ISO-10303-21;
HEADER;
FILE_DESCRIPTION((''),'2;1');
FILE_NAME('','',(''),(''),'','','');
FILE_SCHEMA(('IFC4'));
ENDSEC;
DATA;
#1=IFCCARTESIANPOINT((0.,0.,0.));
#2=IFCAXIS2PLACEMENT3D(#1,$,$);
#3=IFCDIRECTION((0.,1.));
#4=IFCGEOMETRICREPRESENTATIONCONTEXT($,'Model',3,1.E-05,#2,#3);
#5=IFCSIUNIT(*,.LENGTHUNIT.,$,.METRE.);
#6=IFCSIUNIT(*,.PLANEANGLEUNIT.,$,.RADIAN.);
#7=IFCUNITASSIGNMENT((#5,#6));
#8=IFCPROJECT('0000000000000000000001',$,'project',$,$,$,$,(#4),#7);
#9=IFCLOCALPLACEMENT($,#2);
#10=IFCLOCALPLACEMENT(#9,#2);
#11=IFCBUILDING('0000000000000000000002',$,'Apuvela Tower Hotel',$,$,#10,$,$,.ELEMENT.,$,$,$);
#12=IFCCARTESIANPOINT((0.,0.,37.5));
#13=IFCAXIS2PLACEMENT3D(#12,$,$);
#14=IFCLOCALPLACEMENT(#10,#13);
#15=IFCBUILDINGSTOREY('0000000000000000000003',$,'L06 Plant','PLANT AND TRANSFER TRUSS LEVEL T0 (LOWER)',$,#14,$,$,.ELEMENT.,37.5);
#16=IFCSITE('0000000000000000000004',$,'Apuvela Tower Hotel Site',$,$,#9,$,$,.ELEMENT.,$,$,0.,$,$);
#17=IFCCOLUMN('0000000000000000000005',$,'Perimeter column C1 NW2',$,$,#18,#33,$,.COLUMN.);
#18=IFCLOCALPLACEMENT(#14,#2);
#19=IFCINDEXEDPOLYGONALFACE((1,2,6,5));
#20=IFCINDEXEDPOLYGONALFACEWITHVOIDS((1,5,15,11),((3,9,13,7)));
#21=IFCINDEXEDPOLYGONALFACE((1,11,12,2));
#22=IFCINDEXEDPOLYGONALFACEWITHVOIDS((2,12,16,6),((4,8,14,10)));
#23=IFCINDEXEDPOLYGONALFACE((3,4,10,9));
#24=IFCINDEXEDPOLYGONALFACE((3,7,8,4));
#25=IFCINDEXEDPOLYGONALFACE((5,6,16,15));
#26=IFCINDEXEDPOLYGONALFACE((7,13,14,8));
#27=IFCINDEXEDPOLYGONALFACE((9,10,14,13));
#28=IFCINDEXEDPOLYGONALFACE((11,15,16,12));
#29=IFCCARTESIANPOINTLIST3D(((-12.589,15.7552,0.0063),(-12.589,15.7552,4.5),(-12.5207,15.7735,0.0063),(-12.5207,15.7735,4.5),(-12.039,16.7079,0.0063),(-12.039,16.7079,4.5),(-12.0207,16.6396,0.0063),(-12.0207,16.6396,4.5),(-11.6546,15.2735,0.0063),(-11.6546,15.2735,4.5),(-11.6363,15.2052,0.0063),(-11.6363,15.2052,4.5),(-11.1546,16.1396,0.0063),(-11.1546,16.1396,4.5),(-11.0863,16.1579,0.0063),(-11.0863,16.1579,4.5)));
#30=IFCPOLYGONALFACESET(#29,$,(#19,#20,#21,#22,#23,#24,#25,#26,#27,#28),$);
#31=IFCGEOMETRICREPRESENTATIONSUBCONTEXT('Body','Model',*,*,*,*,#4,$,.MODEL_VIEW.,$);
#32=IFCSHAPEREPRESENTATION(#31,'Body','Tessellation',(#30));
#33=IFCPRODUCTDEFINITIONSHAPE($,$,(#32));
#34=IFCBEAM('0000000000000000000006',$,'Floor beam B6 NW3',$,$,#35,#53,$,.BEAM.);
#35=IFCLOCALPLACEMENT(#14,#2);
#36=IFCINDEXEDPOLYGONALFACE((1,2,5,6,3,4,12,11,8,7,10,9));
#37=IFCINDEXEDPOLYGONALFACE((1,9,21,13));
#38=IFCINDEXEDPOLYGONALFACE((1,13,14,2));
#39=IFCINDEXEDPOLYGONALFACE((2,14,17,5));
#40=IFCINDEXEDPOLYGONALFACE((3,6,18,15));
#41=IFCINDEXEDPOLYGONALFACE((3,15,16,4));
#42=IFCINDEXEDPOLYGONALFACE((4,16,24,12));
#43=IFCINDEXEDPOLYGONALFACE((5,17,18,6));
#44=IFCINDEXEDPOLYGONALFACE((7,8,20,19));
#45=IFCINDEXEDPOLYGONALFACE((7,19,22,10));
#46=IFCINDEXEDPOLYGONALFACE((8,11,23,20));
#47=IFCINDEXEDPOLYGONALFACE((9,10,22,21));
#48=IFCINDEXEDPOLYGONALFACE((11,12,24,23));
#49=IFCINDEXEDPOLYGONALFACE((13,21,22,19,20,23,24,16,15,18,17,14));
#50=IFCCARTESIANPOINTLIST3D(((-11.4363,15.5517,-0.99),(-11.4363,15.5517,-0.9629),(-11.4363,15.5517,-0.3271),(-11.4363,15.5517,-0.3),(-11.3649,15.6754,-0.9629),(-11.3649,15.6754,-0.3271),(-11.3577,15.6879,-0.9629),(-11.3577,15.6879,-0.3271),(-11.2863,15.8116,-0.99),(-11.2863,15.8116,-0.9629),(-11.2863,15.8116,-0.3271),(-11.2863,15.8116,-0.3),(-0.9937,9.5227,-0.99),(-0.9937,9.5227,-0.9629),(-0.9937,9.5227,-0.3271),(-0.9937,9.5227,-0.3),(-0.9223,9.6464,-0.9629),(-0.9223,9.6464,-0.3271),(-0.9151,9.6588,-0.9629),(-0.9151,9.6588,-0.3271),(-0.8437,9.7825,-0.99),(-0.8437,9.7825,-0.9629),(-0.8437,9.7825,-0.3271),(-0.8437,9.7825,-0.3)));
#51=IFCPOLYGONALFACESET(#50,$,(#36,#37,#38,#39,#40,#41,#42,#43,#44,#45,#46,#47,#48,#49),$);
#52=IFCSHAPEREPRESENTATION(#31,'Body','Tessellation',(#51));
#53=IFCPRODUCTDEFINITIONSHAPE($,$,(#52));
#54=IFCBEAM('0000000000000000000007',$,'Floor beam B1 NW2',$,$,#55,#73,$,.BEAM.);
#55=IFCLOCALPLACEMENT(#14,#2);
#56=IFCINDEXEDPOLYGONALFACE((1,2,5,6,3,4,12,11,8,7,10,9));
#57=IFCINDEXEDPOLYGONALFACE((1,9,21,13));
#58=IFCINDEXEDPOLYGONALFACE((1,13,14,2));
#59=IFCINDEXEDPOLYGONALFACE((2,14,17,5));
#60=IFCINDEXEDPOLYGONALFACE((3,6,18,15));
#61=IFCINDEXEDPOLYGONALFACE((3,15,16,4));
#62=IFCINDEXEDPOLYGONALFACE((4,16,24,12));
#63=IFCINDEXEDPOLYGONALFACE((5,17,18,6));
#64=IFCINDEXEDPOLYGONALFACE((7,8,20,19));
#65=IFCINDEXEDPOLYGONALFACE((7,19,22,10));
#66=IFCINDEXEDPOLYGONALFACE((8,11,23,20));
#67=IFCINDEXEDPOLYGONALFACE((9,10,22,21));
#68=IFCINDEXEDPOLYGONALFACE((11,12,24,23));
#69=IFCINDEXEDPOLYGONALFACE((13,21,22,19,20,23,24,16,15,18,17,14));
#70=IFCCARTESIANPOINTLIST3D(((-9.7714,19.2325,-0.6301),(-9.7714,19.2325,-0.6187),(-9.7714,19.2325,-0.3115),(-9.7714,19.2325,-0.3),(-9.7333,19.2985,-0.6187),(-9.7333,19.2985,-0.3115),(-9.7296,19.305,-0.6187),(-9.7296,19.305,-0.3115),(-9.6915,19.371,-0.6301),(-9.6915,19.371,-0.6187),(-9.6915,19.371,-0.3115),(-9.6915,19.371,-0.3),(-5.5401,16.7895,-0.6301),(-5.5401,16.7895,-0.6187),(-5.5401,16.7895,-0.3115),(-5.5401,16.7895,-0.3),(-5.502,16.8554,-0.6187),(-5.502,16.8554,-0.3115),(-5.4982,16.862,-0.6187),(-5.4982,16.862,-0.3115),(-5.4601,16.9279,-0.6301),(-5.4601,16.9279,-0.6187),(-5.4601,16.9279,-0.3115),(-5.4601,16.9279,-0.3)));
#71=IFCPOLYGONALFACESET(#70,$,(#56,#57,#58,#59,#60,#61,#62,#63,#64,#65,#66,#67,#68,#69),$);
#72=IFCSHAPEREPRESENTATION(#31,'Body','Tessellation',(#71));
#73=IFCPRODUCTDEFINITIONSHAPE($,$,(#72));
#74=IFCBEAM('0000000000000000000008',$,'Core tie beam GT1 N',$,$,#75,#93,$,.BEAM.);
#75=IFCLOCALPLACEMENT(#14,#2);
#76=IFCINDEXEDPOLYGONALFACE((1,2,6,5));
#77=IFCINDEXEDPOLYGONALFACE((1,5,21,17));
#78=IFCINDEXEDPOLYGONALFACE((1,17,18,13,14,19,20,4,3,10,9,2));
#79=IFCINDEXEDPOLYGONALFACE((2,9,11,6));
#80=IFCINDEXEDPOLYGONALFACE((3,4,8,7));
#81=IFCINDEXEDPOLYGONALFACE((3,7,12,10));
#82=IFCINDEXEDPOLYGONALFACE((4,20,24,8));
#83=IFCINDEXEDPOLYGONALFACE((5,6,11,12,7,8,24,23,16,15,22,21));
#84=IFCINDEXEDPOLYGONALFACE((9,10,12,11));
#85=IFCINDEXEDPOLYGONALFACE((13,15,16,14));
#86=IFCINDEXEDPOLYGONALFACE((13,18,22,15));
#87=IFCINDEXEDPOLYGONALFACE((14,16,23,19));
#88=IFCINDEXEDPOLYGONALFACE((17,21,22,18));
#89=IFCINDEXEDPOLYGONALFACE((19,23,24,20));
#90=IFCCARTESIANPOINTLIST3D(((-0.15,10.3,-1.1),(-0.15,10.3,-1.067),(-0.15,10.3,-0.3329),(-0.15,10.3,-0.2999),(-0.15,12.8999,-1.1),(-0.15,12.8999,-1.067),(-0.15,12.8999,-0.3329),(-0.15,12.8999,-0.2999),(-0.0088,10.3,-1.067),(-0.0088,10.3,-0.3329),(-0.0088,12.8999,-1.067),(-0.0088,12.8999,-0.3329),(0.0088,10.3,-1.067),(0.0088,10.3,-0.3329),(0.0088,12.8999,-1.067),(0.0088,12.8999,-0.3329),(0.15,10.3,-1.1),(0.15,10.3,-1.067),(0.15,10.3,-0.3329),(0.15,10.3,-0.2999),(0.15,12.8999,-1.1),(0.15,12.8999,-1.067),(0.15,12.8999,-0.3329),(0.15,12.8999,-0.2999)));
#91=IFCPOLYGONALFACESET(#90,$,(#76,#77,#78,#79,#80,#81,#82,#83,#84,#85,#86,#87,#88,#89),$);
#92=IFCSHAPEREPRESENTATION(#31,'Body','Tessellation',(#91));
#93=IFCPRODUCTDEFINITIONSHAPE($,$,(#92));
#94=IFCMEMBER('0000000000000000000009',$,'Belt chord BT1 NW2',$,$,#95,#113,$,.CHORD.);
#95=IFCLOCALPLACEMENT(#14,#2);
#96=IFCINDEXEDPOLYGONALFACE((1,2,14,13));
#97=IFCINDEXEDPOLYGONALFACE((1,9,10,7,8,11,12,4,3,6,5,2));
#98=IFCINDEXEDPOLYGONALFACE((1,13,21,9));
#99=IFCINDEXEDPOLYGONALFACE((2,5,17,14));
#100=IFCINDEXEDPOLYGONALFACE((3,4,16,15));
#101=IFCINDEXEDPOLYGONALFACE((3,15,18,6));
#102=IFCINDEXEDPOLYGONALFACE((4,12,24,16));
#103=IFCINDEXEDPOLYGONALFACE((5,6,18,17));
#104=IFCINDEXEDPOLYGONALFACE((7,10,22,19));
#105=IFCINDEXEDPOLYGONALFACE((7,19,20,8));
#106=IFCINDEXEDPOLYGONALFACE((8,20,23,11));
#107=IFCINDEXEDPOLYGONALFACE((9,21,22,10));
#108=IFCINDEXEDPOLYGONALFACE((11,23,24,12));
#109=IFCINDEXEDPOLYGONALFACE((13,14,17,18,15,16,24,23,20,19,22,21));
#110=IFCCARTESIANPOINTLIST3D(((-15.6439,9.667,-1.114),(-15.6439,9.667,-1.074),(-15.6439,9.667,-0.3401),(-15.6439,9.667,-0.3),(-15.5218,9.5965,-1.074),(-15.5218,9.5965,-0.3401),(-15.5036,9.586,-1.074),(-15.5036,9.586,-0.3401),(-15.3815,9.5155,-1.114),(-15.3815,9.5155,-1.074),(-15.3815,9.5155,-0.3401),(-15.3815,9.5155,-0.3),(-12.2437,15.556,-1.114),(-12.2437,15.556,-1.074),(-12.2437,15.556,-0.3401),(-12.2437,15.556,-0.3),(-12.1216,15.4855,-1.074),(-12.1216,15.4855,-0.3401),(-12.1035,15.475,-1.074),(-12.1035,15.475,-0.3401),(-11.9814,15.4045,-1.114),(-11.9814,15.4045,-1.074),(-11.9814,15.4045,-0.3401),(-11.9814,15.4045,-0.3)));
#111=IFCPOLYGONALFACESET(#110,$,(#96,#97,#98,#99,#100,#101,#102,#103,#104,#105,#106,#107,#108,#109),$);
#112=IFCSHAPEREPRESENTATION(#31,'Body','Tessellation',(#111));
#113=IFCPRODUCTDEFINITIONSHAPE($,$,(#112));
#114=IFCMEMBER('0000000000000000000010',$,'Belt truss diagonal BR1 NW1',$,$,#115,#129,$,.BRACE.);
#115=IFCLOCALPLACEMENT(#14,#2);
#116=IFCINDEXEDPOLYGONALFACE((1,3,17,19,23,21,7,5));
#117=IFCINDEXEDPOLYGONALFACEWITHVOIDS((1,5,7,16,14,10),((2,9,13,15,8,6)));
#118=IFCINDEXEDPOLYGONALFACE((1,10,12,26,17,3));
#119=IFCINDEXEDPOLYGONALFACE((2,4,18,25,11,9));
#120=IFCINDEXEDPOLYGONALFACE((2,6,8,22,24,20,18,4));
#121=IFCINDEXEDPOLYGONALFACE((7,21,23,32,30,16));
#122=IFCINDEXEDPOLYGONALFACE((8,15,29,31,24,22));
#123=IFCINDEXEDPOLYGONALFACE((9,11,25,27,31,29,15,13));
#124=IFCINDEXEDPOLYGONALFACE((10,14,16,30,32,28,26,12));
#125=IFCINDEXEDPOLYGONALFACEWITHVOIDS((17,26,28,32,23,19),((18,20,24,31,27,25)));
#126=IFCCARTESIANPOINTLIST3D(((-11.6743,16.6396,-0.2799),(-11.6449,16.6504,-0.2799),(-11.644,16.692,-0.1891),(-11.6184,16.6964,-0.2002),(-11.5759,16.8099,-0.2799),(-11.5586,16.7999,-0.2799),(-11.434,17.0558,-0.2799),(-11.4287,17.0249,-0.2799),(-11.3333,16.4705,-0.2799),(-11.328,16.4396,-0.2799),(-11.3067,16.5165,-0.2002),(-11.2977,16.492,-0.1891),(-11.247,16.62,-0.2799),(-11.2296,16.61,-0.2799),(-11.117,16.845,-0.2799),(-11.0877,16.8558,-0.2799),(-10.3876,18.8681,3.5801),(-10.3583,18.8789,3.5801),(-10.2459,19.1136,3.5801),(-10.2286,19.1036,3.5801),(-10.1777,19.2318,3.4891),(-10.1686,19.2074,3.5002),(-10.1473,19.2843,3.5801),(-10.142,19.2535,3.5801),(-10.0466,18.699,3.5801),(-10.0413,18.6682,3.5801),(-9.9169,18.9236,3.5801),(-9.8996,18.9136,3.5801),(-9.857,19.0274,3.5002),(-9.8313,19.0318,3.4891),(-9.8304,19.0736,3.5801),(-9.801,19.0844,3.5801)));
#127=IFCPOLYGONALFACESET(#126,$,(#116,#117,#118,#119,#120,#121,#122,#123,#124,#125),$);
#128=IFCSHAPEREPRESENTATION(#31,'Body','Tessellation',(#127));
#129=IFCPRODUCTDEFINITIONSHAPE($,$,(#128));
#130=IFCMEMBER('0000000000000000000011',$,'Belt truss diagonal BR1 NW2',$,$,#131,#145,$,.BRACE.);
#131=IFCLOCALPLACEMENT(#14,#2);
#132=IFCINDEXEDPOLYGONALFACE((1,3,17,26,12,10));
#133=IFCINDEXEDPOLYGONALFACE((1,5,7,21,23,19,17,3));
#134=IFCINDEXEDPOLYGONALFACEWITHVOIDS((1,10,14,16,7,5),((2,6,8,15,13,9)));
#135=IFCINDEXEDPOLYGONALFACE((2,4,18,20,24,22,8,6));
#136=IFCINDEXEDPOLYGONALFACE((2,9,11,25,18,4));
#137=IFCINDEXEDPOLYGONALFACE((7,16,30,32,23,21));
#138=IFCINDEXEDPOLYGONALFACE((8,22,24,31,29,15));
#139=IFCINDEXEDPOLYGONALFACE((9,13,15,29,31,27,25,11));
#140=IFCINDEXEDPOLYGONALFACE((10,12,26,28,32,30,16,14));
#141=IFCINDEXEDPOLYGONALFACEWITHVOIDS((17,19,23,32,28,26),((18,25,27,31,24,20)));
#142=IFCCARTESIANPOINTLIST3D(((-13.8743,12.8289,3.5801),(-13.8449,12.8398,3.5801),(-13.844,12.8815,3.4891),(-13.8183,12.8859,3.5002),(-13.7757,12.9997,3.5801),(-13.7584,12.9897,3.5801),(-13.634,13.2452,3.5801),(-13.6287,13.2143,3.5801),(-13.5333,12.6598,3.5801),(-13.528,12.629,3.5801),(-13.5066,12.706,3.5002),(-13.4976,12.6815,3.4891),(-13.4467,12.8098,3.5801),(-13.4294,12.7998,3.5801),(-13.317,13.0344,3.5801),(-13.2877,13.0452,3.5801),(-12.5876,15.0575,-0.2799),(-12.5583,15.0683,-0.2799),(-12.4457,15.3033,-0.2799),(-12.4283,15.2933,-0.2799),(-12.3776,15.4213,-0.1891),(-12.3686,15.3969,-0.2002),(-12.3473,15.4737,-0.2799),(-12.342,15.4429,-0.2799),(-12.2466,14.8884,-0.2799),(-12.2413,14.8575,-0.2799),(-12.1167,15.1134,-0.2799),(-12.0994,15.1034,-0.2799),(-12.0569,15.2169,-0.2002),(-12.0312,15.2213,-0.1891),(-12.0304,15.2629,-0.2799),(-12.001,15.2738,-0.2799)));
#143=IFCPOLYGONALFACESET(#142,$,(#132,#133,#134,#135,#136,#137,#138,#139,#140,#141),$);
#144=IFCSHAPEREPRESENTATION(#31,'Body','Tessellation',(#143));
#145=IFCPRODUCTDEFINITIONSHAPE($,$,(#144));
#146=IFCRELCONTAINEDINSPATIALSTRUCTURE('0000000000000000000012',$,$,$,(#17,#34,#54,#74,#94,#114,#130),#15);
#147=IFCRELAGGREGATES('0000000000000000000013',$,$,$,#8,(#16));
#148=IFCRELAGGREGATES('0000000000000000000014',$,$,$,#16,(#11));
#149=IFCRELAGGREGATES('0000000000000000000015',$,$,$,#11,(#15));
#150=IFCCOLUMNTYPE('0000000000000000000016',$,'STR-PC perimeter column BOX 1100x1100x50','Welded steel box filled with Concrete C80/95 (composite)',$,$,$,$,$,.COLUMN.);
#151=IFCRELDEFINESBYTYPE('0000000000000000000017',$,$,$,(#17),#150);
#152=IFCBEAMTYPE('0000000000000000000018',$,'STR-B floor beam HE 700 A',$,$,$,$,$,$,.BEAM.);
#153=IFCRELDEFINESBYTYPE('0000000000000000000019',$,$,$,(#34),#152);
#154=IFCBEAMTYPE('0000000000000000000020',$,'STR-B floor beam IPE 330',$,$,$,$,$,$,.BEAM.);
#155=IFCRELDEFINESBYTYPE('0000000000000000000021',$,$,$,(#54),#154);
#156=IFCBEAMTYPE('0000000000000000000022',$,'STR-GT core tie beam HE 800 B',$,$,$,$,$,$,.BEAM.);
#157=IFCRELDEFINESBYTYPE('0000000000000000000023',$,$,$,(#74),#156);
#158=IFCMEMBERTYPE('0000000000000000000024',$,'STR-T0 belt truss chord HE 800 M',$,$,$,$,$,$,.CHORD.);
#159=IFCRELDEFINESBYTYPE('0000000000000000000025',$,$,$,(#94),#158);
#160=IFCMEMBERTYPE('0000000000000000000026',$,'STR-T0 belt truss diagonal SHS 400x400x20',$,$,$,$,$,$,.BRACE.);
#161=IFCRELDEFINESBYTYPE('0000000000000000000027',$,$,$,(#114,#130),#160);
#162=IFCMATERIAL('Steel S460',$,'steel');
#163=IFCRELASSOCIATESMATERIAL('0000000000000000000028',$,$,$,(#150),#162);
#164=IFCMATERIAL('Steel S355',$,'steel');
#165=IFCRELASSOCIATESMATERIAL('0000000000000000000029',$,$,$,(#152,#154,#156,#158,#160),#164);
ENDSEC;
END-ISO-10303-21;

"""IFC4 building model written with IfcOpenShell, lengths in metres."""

from ifc_helpers import new_model, si_unit, direction, frame, origin, origin_2d, place, context, subcontext, project, spatial, rectangle, hollow_rectangle, i_section, extrude, boolean, halfspace, material, material_profile, profile_set, type_object, element, save


model = new_model("IFC4")

# Units and contexts
model_context = context("Model", 3, precision=1e-05, world=origin(), true_north=direction((0.0, 1.0)))
body_context = subcontext(model_context, "Body", "Model", "MODEL_VIEW")
ifc_project = project(units=[si_unit("LENGTHUNIT", "METRE"), si_unit("PLANEANGLEUNIT", "RADIAN")], contexts=[model_context])

# Site, building, storey
site_placement = place(None, origin())
site = spatial("IfcSite", under=ifc_project, at=site_placement, Name="Apuvela Tower Hotel Site", CompositionType="ELEMENT", RefElevation=0.0)
building_placement = place(site_placement, origin())
building = spatial("IfcBuilding", under=site, at=building_placement, Name="Apuvela Tower Hotel", CompositionType="ELEMENT")
storey_placement = place(building_placement, frame((0.0, 0.0, 37.5)))
storey = spatial("IfcBuildingStorey", under=building, at=storey_placement, Name="L06 Plant", Description="PLANT AND TRANSFER TRUSS LEVEL T0 (LOWER)", CompositionType="ELEMENT", Elevation=37.5)

# Column
ifc_material_1 = material(Name="Steel S460", Category="steel")
ifc_material_profile_1 = material_profile(ifc_material_1, hollow_rectangle(XDim=1.1001, YDim=1.1001, WallThickness=0.05, at=origin_2d()), Name="BOX 1100x1100x50")
ifc_material_2 = material(Name="Concrete C80/95", Category="concrete")
ifc_material_profile_2 = material_profile(ifc_material_2, rectangle(XDim=1.0, YDim=1.0, at=origin_2d()), Name="Concrete C80/95 infill")
ifc_profile_set_1 = profile_set([ifc_material_profile_1, ifc_material_profile_2], Name="Steel S460")
column_type = type_object("IfcColumnType", Name="STR-PC perimeter column BOX 1100x1100x50", Description="Welded steel box filled with Concrete C80/95 (composite)", PredefinedType="COLUMN", material=ifc_profile_set_1)
column_placement = place(storey_placement, frame((-11.8376, 15.9565, 0.0), z_axis=(0.0, 0.0, 1.0), x_axis=(0.5, 0.866025, 0.0)))
element("IfcColumn", 1, at=column_placement, inside=storey, type_object=column_type, Name="Perimeter column C1 NW2", PredefinedType="COLUMN", context=body_context, shape_type="SweptSolid", body=[
    boolean("DIFFERENCE", extrude(hollow_rectangle(XDim=1.1001, YDim=1.1001, WallThickness=0.05, at=origin_2d()), origin(), (0.0, 0.0, 1.0), 4.5), halfspace(frame((0.0, 0.0, 0.0063), z_axis=(0.0, 0.0, 1.0), x_axis=(1.0, 0.0, 0.0)), True)),
])

# Beams
ifc_material_3 = material(Name="Steel S355", Category="steel")
ifc_material_profile_3 = material_profile(ifc_material_3, i_section(OverallWidth=0.3, OverallDepth=0.6899, WebThickness=0.0144, FlangeThickness=0.0271, at=origin_2d()), Name="HE 700 A")
ifc_profile_set_2 = profile_set([ifc_material_profile_3], Name="Steel S355")
beam_type_1 = type_object("IfcBeamType", Name="STR-B floor beam HE 700 A", PredefinedType="BEAM", material=ifc_profile_set_2)
beam_1_placement = place(storey_placement, frame((-11.3613, 15.6816, -0.645), z_axis=(0.866025, -0.5, 0.0), x_axis=(0.5, 0.866025, 0.0)))
element("IfcBeam", 2, at=beam_1_placement, inside=storey, type_object=beam_type_1, Name="Floor beam B6 NW3", PredefinedType="BEAM", context=body_context, shape_type="SweptSolid", body=[
    extrude(i_section(OverallWidth=0.3, OverallDepth=0.6899, WebThickness=0.0144, FlangeThickness=0.0271, at=origin_2d()), origin(), (0.0, 0.0, 1.0), 12.0581),
])
ifc_material_profile_4 = material_profile(ifc_material_3, i_section(OverallWidth=0.1599, OverallDepth=0.3301, WebThickness=0.0076, FlangeThickness=0.0115, at=origin_2d()), Name="IPE 330")
ifc_profile_set_3 = profile_set([ifc_material_profile_4], Name="Steel S355")
beam_type_2 = type_object("IfcBeamType", Name="STR-B floor beam IPE 330", PredefinedType="BEAM", material=ifc_profile_set_3)
beam_2_placement = place(storey_placement, frame((-9.7314, 19.3018, -0.4651), z_axis=(0.866018, -0.500014, 0.0), x_axis=(0.500014, 0.866018, 0.0)))
element("IfcBeam", 3, at=beam_2_placement, inside=storey, type_object=beam_type_2, Name="Floor beam B1 NW2", PredefinedType="BEAM", context=body_context, shape_type="SweptSolid", body=[
    extrude(i_section(OverallWidth=0.1599, OverallDepth=0.3301, WebThickness=0.0076, FlangeThickness=0.0115, at=origin_2d()), origin(), (0.0, 0.0, 1.0), 4.886),
])
ifc_material_profile_5 = material_profile(ifc_material_3, i_section(OverallWidth=0.3, OverallDepth=0.8, WebThickness=0.0176, FlangeThickness=0.033, at=origin_2d()), Name="HE 800 B")
ifc_profile_set_4 = profile_set([ifc_material_profile_5], Name="Steel S355")
beam_type_3 = type_object("IfcBeamType", Name="STR-GT core tie beam HE 800 B", PredefinedType="BEAM", material=ifc_profile_set_4)
beam_3_placement = place(storey_placement, frame((0.0, 12.8999, -0.7), z_axis=(0.0, -1.0, 0.0), x_axis=(1.0, 0.0, 0.0)))
element("IfcBeam", 4, at=beam_3_placement, inside=storey, type_object=beam_type_3, Name="Core tie beam GT1 N", PredefinedType="BEAM", context=body_context, shape_type="SweptSolid", body=[
    extrude(i_section(OverallWidth=0.3, OverallDepth=0.8, WebThickness=0.0176, FlangeThickness=0.033, at=origin_2d()), origin(), (0.0, 0.0, 1.0), 2.5999),
])

# Members
ifc_material_profile_6 = material_profile(ifc_material_3, i_section(OverallWidth=0.303, OverallDepth=0.814, WebThickness=0.021, FlangeThickness=0.04, at=origin_2d()), Name="HE 800 M")
ifc_profile_set_5 = profile_set([ifc_material_profile_6], Name="Steel S355")
member_type_1 = type_object("IfcMemberType", Name="STR-T0 belt truss chord HE 800 M", PredefinedType="CHORD", material=ifc_profile_set_5)
member_1_placement = place(storey_placement, frame((-12.1125, 15.4802, -0.707), z_axis=(-0.50002, -0.866014, 0.0), x_axis=(0.866014, -0.50002, 0.0)))
element("IfcMember", 5, at=member_1_placement, inside=storey, type_object=member_type_1, Name="Belt chord BT1 NW2", PredefinedType="CHORD", context=body_context, shape_type="SweptSolid", body=[
    extrude(i_section(OverallWidth=0.303, OverallDepth=0.814, WebThickness=0.021, FlangeThickness=0.04, at=origin_2d()), origin(), (0.0, 0.0, 1.0), 6.8),
])
ifc_material_profile_7 = material_profile(ifc_material_3, hollow_rectangle(XDim=0.3999, YDim=0.3999, WallThickness=0.02, at=origin_2d()), Name="SHS 400x400x20")
ifc_profile_set_6 = profile_set([ifc_material_profile_7], Name="Steel S355")
member_type_2 = type_object("IfcMemberType", Name="STR-T0 belt truss diagonal SHS 400x400x20", PredefinedType="BRACE", material=ifc_profile_set_6)
member_2_placement = place(storey_placement, frame((-11.3877, 16.7361, -0.3), z_axis=(0.277351, 0.480378, 0.832054), x_axis=(-0.416033, -0.720576, 0.554695)))
solid_1 = boolean("DIFFERENCE", boolean("DIFFERENCE", extrude(hollow_rectangle(XDim=0.3999, YDim=0.3999, WallThickness=0.02, at=origin_2d()), frame((0.0, 0.0, -0.2534)), (0.0, 0.0, 1.0), 5.1941), halfspace(frame((0.0, 0.0, 0.0242), z_axis=(0.554695, 0.0, 0.832054), x_axis=(0.832054, 0.0, -0.554695)), True)), halfspace(frame((0.0, 0.0, 4.6633), z_axis=(0.554695, 0.0, 0.832054), x_axis=(0.832054, 0.0, -0.554695)), False))
element("IfcMember", 6, at=member_2_placement, inside=storey, type_object=member_type_2, Name="Belt truss diagonal BR1 NW1", PredefinedType="BRACE", context=body_context, shape_type="SweptSolid", body=[
    boolean("UNION", boolean("DIFFERENCE", boolean("DIFFERENCE", extrude(hollow_rectangle(XDim=0.3999, YDim=0.3999, WallThickness=0.02, at=origin_2d()), origin(), (0.0, 0.0, 1.0), 4.6873), halfspace(frame((0.0, 0.0, 0.0242), z_axis=(0.554695, 0.0, 0.832054), x_axis=(0.832054, 0.0, -0.554695)), True)), halfspace(frame((0.0, 0.0, 4.6633), z_axis=(0.554695, 0.0, 0.832054), x_axis=(0.832054, 0.0, -0.554695)), False)), solid_1),
])
member_3_placement = place(storey_placement, frame((-12.2876, 15.1772, -0.3), z_axis=(-0.277351, -0.480378, 0.832054), x_axis=(0.416033, 0.720576, 0.554695)))
solid_2 = boolean("DIFFERENCE", boolean("DIFFERENCE", extrude(hollow_rectangle(XDim=0.3999, YDim=0.3999, WallThickness=0.02, at=origin_2d()), frame((0.0, 0.0, -0.2534)), (0.0, 0.0, 1.0), 5.1941), halfspace(frame((0.0, 0.0, 0.0242), z_axis=(0.554695, 0.0, 0.832054), x_axis=(0.832054, 0.0, -0.554695)), True)), halfspace(frame((0.0, 0.0, 4.6633), z_axis=(0.554695, 0.0, 0.832054), x_axis=(0.832054, 0.0, -0.554695)), False))
element("IfcMember", 7, at=member_3_placement, inside=storey, type_object=member_type_2, Name="Belt truss diagonal BR1 NW2", PredefinedType="BRACE", context=body_context, shape_type="SweptSolid", body=[
    boolean("UNION", boolean("DIFFERENCE", boolean("DIFFERENCE", extrude(hollow_rectangle(XDim=0.3999, YDim=0.3999, WallThickness=0.02, at=origin_2d()), origin(), (0.0, 0.0, 1.0), 4.6873), halfspace(frame((0.0, 0.0, 0.0242), z_axis=(0.554695, 0.0, 0.832054), x_axis=(0.832054, 0.0, -0.554695)), True)), halfspace(frame((0.0, 0.0, 4.6633), z_axis=(0.554695, 0.0, 0.832054), x_axis=(0.832054, 0.0, -0.554695)), False)), solid_2),
])

save(model, "model.ifc")
